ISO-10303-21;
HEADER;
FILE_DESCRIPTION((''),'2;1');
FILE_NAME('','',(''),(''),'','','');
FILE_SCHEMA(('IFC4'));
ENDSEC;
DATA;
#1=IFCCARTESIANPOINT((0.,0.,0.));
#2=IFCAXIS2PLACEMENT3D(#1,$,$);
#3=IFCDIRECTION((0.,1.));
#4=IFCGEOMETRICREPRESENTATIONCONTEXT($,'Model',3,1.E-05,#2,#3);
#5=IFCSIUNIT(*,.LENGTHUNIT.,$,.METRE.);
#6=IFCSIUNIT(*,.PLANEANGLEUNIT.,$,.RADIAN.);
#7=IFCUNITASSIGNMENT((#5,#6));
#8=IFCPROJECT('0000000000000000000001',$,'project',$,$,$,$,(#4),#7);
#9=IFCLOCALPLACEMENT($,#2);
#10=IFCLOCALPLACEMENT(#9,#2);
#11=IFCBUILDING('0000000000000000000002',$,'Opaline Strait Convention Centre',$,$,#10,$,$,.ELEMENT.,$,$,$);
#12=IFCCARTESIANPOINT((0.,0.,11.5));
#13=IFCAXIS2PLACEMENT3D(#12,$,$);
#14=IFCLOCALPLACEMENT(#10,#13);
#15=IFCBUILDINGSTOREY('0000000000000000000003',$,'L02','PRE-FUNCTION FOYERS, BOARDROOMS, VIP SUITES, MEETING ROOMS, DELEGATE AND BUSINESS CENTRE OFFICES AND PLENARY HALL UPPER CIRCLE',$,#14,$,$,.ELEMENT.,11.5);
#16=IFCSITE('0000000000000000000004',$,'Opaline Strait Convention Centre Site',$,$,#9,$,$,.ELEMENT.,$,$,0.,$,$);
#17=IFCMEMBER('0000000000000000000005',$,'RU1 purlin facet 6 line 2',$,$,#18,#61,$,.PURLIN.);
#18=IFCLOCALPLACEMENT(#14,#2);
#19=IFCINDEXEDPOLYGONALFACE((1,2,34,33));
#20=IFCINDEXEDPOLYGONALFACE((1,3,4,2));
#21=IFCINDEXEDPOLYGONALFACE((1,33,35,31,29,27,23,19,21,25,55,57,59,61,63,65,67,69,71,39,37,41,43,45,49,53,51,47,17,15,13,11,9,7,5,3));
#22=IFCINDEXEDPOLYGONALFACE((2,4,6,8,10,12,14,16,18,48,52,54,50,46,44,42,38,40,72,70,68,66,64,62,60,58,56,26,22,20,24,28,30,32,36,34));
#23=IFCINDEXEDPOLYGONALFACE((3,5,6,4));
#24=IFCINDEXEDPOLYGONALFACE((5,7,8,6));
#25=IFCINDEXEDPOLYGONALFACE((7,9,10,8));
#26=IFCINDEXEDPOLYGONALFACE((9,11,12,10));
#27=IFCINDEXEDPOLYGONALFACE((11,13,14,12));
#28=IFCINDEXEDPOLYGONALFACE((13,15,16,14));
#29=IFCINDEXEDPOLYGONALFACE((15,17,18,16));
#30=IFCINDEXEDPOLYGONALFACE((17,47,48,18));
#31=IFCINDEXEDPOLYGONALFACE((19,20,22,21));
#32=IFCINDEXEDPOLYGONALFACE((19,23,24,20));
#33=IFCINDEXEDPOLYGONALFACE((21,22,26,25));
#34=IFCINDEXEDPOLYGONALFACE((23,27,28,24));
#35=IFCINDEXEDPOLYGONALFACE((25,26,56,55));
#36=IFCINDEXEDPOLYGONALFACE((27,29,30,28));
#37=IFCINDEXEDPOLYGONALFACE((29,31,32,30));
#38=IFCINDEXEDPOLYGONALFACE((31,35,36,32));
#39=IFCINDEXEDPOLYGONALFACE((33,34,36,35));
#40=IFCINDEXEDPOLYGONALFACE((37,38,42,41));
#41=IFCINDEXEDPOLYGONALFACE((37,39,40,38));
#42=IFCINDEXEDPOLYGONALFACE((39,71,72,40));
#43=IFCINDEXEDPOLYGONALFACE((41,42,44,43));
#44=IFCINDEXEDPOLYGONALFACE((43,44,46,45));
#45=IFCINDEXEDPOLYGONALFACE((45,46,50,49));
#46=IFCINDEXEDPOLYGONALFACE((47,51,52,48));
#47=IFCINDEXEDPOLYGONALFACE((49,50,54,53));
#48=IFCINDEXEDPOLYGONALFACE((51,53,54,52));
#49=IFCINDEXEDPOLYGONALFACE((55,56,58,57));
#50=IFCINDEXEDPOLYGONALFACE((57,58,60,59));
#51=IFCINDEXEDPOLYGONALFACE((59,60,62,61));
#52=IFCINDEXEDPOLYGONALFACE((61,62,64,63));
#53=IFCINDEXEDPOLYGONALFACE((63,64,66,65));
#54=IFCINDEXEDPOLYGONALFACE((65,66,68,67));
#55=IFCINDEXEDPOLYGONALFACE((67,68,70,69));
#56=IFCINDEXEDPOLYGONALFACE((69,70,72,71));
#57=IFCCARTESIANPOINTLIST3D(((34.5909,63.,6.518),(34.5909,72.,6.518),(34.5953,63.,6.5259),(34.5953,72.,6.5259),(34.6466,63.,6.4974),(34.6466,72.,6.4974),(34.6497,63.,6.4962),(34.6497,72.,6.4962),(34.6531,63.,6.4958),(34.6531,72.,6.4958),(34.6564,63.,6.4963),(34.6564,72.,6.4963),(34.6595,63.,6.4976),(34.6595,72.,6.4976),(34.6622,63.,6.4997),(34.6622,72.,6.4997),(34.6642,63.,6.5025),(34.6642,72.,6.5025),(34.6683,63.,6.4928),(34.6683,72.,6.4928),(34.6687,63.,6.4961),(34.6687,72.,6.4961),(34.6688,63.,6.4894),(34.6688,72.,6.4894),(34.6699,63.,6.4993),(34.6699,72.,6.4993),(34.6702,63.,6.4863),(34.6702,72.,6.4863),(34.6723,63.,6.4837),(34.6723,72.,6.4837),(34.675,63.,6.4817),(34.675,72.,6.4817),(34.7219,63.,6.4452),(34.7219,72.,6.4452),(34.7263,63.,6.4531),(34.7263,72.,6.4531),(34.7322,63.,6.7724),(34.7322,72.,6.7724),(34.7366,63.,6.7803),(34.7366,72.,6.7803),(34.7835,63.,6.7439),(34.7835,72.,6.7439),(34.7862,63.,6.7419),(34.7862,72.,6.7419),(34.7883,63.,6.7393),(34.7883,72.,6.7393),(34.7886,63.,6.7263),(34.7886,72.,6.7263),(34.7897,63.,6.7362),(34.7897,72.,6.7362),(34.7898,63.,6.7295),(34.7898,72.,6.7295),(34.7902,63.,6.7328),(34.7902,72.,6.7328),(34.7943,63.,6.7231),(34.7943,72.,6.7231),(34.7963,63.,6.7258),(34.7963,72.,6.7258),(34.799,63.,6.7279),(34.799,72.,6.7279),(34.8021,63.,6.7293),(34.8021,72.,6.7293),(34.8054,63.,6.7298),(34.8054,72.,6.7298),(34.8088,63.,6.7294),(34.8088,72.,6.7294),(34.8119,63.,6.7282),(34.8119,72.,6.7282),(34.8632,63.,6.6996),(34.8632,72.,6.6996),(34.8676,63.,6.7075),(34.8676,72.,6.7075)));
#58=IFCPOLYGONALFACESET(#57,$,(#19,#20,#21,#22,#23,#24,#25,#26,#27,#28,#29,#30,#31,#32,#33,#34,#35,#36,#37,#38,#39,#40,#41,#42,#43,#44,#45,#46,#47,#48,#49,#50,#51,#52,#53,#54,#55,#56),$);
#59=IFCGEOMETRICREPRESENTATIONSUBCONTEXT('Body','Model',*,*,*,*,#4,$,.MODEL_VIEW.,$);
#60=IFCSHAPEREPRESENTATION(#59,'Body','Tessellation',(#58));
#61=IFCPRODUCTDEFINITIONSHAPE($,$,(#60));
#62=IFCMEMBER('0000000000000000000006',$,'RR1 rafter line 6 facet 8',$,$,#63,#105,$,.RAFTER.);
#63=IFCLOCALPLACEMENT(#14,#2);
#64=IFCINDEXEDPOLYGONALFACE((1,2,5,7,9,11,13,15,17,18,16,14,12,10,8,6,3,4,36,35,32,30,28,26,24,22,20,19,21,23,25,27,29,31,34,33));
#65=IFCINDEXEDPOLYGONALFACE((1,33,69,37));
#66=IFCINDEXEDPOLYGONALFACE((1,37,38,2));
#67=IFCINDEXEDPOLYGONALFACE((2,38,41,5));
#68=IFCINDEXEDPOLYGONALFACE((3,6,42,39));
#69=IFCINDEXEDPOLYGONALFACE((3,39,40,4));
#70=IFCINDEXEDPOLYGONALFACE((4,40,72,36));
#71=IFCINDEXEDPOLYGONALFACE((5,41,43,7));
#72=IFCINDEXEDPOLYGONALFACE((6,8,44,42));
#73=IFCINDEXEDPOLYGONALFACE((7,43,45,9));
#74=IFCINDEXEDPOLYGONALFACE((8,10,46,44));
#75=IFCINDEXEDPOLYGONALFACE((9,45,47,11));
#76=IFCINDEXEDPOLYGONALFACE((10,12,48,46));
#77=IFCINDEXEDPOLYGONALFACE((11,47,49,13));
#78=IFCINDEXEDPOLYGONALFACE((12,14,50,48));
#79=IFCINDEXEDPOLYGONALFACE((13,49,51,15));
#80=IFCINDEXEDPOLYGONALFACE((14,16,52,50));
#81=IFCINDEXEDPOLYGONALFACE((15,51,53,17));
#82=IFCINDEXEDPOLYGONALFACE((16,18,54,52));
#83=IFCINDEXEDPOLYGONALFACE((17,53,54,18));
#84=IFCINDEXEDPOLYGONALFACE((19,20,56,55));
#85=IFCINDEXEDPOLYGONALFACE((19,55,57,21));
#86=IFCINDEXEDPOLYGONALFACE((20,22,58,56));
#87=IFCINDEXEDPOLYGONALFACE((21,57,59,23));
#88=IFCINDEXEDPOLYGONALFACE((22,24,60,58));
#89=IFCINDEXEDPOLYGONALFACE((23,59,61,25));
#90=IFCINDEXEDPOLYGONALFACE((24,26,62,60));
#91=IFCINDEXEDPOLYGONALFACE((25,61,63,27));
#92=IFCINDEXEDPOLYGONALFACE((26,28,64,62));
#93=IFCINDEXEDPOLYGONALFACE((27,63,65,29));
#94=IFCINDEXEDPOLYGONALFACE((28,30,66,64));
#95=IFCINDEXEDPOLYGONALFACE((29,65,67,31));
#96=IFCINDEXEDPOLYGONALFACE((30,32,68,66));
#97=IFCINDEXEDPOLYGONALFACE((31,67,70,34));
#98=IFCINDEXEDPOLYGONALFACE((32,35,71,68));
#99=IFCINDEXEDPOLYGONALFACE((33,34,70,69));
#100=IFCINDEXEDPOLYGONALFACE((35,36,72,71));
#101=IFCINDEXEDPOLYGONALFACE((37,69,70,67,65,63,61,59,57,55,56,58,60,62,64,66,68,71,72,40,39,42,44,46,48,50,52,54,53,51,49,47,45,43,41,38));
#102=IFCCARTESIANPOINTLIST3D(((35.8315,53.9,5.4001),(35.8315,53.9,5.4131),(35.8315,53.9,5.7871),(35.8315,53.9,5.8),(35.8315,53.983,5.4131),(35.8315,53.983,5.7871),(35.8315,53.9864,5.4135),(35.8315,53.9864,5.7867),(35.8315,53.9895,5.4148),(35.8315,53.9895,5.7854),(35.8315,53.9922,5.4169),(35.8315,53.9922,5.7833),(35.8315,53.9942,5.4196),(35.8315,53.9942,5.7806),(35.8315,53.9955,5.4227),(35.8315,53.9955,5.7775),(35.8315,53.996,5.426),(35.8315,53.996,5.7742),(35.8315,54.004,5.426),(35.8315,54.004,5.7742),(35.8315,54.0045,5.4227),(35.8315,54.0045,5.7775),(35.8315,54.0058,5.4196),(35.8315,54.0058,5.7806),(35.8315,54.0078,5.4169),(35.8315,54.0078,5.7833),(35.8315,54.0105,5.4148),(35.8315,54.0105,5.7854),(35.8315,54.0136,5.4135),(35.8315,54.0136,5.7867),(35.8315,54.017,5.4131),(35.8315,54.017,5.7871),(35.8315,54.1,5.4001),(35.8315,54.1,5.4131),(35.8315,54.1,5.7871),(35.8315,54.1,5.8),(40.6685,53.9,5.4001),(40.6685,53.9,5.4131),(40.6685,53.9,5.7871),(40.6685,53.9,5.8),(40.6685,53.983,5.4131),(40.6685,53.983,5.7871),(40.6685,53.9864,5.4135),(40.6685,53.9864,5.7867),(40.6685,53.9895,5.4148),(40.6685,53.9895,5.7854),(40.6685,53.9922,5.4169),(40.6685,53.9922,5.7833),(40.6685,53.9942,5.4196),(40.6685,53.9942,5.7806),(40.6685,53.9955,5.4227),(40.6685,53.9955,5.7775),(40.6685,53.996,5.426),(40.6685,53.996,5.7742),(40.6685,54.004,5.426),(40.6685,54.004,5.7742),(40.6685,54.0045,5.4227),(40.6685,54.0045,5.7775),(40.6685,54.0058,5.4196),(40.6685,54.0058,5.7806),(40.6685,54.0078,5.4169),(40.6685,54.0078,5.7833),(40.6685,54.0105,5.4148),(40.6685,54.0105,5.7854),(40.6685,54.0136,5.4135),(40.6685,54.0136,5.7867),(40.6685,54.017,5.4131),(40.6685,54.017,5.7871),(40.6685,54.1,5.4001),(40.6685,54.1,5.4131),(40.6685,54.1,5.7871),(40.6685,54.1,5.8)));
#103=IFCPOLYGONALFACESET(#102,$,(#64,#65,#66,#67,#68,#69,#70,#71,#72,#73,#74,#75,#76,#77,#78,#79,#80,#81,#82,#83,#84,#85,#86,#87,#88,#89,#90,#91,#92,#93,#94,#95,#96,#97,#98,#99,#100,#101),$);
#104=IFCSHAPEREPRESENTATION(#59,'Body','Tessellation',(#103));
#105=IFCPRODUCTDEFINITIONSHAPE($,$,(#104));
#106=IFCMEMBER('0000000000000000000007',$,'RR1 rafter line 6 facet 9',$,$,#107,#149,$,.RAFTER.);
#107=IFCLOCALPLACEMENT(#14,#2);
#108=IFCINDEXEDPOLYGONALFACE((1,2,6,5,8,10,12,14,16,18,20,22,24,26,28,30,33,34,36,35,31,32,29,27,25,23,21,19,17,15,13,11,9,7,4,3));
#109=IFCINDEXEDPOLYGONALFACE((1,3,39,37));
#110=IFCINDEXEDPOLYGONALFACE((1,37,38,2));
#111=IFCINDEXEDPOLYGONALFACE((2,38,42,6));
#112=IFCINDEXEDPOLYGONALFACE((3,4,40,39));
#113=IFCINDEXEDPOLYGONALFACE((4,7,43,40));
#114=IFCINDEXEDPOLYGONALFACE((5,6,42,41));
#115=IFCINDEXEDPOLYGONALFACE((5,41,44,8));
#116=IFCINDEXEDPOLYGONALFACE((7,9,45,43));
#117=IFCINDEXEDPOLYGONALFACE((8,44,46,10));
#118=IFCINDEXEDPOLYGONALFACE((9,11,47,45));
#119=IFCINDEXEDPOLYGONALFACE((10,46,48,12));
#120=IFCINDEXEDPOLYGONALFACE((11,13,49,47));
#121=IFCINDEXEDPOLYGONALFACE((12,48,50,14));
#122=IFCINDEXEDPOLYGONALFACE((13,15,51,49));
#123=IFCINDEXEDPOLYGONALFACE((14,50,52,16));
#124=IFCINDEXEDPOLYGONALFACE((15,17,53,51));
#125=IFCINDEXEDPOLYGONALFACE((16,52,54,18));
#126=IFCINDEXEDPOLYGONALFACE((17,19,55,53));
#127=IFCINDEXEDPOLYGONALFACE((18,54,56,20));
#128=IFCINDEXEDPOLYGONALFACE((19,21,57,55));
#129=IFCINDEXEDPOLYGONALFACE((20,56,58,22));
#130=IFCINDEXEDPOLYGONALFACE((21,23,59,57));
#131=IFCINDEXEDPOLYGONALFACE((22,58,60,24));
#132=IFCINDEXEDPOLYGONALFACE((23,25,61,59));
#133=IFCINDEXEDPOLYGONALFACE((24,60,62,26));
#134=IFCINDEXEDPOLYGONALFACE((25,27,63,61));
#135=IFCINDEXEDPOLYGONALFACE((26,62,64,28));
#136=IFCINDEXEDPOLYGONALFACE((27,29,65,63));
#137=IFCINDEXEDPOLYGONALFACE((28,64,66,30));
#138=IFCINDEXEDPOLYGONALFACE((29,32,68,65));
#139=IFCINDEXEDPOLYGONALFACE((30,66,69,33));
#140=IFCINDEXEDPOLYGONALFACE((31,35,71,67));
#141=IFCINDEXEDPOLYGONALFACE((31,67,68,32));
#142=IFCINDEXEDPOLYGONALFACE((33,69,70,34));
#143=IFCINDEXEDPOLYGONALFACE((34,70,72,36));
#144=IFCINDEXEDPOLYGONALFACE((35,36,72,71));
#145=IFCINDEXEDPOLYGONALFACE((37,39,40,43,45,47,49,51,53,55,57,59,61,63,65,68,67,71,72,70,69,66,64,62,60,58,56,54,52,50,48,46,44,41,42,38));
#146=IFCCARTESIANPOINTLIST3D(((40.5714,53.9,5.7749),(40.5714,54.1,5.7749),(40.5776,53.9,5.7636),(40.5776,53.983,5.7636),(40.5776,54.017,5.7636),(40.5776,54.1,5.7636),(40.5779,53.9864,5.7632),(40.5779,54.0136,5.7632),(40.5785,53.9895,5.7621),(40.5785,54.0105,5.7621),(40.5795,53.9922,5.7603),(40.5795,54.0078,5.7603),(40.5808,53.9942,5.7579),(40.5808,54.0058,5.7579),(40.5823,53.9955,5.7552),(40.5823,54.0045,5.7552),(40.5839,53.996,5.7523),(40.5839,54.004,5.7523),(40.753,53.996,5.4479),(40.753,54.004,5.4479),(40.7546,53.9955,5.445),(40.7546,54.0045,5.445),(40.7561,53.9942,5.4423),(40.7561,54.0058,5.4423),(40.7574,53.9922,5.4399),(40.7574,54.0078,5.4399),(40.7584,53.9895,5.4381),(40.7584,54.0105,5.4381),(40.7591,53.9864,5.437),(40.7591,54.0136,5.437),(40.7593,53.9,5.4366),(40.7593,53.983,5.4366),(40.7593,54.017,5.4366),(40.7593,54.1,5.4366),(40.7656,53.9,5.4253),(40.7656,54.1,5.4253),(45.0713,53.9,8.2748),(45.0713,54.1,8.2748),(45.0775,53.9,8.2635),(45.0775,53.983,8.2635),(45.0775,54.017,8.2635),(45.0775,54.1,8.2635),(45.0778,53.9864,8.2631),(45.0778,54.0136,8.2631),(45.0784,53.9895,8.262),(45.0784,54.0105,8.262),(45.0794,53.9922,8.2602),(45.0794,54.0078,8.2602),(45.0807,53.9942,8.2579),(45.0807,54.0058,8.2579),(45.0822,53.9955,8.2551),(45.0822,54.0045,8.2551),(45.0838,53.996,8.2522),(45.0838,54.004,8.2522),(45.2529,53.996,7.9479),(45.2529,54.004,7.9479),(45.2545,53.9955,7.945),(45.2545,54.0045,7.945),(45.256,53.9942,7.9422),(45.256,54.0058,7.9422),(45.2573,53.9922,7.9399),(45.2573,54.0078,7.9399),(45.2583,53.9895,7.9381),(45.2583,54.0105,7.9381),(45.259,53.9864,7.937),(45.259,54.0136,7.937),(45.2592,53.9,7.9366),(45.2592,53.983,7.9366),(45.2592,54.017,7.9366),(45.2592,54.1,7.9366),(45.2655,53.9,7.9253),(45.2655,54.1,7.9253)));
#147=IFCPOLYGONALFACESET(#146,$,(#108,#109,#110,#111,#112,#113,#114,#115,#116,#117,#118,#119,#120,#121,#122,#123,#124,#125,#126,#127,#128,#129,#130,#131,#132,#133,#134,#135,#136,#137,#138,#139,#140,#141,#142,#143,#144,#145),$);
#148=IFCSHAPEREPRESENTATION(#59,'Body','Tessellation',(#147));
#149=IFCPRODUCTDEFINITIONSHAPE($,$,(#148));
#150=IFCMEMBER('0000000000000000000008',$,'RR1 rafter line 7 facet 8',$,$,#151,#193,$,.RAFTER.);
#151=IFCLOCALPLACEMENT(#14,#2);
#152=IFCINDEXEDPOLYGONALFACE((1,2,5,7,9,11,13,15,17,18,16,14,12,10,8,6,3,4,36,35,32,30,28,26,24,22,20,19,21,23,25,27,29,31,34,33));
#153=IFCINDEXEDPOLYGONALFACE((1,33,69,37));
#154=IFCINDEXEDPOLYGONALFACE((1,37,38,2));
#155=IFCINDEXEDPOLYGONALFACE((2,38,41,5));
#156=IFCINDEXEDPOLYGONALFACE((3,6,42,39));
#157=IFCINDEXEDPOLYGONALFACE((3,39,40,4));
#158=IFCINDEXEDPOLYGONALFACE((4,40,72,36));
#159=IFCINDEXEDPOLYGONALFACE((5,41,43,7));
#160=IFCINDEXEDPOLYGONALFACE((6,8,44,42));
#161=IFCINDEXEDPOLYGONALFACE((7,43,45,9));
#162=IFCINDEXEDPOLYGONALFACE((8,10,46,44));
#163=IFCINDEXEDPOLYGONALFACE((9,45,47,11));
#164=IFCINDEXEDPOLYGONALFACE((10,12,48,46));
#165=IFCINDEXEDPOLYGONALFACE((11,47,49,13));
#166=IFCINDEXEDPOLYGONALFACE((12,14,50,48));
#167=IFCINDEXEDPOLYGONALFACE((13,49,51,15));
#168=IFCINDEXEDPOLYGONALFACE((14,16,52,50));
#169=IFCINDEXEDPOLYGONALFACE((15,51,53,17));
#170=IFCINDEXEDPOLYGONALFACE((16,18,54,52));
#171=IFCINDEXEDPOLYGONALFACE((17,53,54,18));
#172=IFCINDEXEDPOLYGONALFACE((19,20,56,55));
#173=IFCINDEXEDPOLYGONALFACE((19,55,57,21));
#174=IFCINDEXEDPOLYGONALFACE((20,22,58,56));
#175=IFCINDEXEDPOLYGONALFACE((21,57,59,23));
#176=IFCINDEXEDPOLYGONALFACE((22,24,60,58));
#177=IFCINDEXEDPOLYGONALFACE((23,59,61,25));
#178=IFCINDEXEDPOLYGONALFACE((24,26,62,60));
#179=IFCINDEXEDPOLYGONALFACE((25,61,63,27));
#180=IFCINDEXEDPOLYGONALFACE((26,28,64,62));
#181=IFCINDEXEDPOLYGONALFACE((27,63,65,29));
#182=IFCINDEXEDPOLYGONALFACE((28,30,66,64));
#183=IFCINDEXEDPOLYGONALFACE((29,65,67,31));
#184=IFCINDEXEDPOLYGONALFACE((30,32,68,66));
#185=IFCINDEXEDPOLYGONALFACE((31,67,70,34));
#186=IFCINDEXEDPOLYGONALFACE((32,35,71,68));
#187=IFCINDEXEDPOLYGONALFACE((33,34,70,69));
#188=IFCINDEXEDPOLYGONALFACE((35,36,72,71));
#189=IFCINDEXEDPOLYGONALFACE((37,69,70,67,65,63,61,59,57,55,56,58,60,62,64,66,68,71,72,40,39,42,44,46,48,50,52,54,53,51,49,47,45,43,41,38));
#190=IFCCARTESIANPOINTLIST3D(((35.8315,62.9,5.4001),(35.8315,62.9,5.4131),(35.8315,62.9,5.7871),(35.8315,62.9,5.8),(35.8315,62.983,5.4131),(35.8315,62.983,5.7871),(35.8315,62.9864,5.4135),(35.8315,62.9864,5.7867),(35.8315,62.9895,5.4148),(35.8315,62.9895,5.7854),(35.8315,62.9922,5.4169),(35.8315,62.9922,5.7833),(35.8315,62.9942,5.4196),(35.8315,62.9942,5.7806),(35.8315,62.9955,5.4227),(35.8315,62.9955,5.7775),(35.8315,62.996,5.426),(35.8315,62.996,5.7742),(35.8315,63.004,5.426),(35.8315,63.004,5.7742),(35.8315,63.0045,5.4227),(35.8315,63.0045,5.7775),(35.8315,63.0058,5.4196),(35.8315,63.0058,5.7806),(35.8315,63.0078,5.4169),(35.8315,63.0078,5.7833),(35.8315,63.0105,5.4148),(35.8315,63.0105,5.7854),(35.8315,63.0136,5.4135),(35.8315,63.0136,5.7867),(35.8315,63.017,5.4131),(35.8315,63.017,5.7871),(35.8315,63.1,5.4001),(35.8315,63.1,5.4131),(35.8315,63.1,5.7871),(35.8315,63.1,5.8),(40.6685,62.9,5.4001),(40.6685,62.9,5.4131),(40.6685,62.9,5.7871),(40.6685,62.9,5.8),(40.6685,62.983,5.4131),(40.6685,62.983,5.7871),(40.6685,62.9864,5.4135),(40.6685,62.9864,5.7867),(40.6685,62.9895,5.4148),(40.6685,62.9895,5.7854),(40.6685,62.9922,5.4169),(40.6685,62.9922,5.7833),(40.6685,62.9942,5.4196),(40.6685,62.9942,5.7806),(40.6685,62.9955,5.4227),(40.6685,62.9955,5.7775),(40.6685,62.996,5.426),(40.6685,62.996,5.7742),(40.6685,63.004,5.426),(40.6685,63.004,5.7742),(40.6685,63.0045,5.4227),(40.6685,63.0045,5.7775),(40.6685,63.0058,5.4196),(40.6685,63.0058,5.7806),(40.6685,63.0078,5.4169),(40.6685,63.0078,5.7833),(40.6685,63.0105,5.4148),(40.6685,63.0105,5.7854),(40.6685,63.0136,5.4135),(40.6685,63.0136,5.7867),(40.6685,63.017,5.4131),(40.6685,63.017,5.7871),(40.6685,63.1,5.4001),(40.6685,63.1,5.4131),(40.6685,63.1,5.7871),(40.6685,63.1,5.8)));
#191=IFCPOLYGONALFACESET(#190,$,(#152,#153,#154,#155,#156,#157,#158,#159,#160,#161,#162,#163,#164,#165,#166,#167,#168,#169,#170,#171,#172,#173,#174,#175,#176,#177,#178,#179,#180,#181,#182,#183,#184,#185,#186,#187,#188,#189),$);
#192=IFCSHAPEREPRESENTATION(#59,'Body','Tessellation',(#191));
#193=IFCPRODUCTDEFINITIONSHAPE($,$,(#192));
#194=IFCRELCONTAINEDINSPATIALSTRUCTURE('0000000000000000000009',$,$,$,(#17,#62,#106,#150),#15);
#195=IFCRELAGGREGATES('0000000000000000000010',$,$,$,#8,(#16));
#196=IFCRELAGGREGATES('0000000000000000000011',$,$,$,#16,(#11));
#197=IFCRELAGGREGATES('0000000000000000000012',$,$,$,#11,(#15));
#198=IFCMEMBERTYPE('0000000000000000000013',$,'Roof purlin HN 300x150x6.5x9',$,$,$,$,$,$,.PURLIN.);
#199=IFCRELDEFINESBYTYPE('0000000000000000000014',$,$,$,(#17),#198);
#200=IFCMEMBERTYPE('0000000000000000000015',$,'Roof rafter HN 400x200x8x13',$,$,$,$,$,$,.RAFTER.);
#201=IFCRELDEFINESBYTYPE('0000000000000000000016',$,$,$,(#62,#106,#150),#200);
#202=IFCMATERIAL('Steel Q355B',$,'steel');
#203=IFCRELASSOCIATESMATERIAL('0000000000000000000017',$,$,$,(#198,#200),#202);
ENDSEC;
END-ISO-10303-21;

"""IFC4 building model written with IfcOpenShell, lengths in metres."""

from ifc_helpers import new_model, si_unit, direction, frame, origin, origin_2d, place, context, subcontext, project, spatial, i_section, extrude, material, material_profile, profile_set, type_object, element, save


model = new_model("IFC4")

# Units and contexts
model_context = context("Model", 3, precision=1e-05, world=origin(), true_north=direction((0.0, 1.0)))
body_context = subcontext(model_context, "Body", "Model", "MODEL_VIEW")
ifc_project = project(units=[si_unit("LENGTHUNIT", "METRE"), si_unit("PLANEANGLEUNIT", "RADIAN")], contexts=[model_context])

# Site, building, storey
site_placement = place(None, origin())
site = spatial("IfcSite", under=ifc_project, at=site_placement, Name="Opaline Strait Convention Centre Site", CompositionType="ELEMENT", RefElevation=0.0)
building_placement = place(site_placement, origin())
building = spatial("IfcBuilding", under=site, at=building_placement, Name="Opaline Strait Convention Centre", CompositionType="ELEMENT")
storey_placement = place(building_placement, frame((0.0, 0.0, 11.5)))
storey = spatial("IfcBuildingStorey", under=building, at=storey_placement, Name="L02", Description="PRE-FUNCTION FOYERS, BOARDROOMS, VIP SUITES, MEETING ROOMS, DELEGATE AND BUSINESS CENTRE OFFICES AND PLENARY HALL UPPER CIRCLE", CompositionType="ELEMENT", Elevation=11.5)

# Shared definitions
ifc_material_1 = material(Name="Steel Q355B", Category="steel")

# Members
ifc_material_profile_1 = material_profile(ifc_material_1, i_section(OverallWidth=0.1499, OverallDepth=0.3, WebThickness=0.0066, FlangeThickness=0.009, FilletRadius=0.0129, at=origin_2d()), Name="HN 300x150x6.5x9")
ifc_profile_set_1 = profile_set([ifc_material_profile_1], Name="Steel Q355B")
member_type_1 = type_object("IfcMemberType", Name="Roof purlin HN 300x150x6.5x9", PredefinedType="PURLIN", material=ifc_profile_set_1)
for number, where, z_axis, x_axis, name in (
    (1, (34.7292, 63.0, 6.6128), (0.0, 1.0, 0.0), (-0.874157, 0.0, 0.485643), "RU1 purlin facet 6 line 2"),
):
    element("IfcMember", number, at=place(storey_placement, frame(where, z_axis=z_axis, x_axis=x_axis)), inside=storey, type_object=member_type_1, Name=name, PredefinedType="PURLIN", context=body_context, shape_type="SweptSolid", body=[
        extrude(i_section(OverallWidth=0.1499, OverallDepth=0.3, WebThickness=0.0066, FlangeThickness=0.009, FilletRadius=0.0129, at=origin_2d()), origin(), (0.0, 0.0, 1.0), 9.0),
    ])
ifc_material_profile_2 = material_profile(ifc_material_1, i_section(OverallWidth=0.2, OverallDepth=0.3999, WebThickness=0.0081, FlangeThickness=0.0129, FilletRadius=0.0129, at=origin_2d()), Name="HN 400x200x8x13")
ifc_profile_set_2 = profile_set([ifc_material_profile_2], Name="Steel Q355B")
member_type_2 = type_object("IfcMemberType", Name="Roof rafter HN 400x200x8x13", PredefinedType="RAFTER", material=ifc_profile_set_2)
member_1_placement = place(storey_placement, frame((35.8315, 54.0, 5.6001), z_axis=(1.0, 0.0, 0.0), x_axis=(0.0, 1.0, 0.0)))
element("IfcMember", 2, at=member_1_placement, inside=storey, type_object=member_type_2, Name="RR1 rafter line 6 facet 8", PredefinedType="RAFTER", context=body_context, shape_type="SweptSolid", body=[
    extrude(i_section(OverallWidth=0.2, OverallDepth=0.3999, WebThickness=0.0081, FlangeThickness=0.0129, FilletRadius=0.0129, at=origin_2d()), origin(), (0.0, 0.0, 1.0), 4.8369),
])
member_2_placement = place(storey_placement, frame((40.6685, 54.0, 5.6001), z_axis=(0.874157, 0.0, 0.485643), x_axis=(0.0, 1.0, 0.0)))
element("IfcMember", 3, at=member_2_placement, inside=storey, type_object=member_type_2, Name="RR1 rafter line 6 facet 9", PredefinedType="RAFTER", context=body_context, shape_type="SweptSolid", body=[
    extrude(i_section(OverallWidth=0.2, OverallDepth=0.3999, WebThickness=0.0081, FlangeThickness=0.0129, FilletRadius=0.0129, at=origin_2d()), origin(), (0.0, 0.0, 1.0), 5.1477),
])
member_3_placement = place(storey_placement, frame((35.8315, 63.0, 5.6001), z_axis=(1.0, 0.0, 0.0), x_axis=(0.0, 1.0, 0.0)))
element("IfcMember", 4, at=member_3_placement, inside=storey, type_object=member_type_2, Name="RR1 rafter line 7 facet 8", PredefinedType="RAFTER", context=body_context, shape_type="SweptSolid", body=[
    extrude(i_section(OverallWidth=0.2, OverallDepth=0.3999, WebThickness=0.0081, FlangeThickness=0.0129, FilletRadius=0.0129, at=origin_2d()), origin(), (0.0, 0.0, 1.0), 4.8369),
])

save(model, "model.ifc")
